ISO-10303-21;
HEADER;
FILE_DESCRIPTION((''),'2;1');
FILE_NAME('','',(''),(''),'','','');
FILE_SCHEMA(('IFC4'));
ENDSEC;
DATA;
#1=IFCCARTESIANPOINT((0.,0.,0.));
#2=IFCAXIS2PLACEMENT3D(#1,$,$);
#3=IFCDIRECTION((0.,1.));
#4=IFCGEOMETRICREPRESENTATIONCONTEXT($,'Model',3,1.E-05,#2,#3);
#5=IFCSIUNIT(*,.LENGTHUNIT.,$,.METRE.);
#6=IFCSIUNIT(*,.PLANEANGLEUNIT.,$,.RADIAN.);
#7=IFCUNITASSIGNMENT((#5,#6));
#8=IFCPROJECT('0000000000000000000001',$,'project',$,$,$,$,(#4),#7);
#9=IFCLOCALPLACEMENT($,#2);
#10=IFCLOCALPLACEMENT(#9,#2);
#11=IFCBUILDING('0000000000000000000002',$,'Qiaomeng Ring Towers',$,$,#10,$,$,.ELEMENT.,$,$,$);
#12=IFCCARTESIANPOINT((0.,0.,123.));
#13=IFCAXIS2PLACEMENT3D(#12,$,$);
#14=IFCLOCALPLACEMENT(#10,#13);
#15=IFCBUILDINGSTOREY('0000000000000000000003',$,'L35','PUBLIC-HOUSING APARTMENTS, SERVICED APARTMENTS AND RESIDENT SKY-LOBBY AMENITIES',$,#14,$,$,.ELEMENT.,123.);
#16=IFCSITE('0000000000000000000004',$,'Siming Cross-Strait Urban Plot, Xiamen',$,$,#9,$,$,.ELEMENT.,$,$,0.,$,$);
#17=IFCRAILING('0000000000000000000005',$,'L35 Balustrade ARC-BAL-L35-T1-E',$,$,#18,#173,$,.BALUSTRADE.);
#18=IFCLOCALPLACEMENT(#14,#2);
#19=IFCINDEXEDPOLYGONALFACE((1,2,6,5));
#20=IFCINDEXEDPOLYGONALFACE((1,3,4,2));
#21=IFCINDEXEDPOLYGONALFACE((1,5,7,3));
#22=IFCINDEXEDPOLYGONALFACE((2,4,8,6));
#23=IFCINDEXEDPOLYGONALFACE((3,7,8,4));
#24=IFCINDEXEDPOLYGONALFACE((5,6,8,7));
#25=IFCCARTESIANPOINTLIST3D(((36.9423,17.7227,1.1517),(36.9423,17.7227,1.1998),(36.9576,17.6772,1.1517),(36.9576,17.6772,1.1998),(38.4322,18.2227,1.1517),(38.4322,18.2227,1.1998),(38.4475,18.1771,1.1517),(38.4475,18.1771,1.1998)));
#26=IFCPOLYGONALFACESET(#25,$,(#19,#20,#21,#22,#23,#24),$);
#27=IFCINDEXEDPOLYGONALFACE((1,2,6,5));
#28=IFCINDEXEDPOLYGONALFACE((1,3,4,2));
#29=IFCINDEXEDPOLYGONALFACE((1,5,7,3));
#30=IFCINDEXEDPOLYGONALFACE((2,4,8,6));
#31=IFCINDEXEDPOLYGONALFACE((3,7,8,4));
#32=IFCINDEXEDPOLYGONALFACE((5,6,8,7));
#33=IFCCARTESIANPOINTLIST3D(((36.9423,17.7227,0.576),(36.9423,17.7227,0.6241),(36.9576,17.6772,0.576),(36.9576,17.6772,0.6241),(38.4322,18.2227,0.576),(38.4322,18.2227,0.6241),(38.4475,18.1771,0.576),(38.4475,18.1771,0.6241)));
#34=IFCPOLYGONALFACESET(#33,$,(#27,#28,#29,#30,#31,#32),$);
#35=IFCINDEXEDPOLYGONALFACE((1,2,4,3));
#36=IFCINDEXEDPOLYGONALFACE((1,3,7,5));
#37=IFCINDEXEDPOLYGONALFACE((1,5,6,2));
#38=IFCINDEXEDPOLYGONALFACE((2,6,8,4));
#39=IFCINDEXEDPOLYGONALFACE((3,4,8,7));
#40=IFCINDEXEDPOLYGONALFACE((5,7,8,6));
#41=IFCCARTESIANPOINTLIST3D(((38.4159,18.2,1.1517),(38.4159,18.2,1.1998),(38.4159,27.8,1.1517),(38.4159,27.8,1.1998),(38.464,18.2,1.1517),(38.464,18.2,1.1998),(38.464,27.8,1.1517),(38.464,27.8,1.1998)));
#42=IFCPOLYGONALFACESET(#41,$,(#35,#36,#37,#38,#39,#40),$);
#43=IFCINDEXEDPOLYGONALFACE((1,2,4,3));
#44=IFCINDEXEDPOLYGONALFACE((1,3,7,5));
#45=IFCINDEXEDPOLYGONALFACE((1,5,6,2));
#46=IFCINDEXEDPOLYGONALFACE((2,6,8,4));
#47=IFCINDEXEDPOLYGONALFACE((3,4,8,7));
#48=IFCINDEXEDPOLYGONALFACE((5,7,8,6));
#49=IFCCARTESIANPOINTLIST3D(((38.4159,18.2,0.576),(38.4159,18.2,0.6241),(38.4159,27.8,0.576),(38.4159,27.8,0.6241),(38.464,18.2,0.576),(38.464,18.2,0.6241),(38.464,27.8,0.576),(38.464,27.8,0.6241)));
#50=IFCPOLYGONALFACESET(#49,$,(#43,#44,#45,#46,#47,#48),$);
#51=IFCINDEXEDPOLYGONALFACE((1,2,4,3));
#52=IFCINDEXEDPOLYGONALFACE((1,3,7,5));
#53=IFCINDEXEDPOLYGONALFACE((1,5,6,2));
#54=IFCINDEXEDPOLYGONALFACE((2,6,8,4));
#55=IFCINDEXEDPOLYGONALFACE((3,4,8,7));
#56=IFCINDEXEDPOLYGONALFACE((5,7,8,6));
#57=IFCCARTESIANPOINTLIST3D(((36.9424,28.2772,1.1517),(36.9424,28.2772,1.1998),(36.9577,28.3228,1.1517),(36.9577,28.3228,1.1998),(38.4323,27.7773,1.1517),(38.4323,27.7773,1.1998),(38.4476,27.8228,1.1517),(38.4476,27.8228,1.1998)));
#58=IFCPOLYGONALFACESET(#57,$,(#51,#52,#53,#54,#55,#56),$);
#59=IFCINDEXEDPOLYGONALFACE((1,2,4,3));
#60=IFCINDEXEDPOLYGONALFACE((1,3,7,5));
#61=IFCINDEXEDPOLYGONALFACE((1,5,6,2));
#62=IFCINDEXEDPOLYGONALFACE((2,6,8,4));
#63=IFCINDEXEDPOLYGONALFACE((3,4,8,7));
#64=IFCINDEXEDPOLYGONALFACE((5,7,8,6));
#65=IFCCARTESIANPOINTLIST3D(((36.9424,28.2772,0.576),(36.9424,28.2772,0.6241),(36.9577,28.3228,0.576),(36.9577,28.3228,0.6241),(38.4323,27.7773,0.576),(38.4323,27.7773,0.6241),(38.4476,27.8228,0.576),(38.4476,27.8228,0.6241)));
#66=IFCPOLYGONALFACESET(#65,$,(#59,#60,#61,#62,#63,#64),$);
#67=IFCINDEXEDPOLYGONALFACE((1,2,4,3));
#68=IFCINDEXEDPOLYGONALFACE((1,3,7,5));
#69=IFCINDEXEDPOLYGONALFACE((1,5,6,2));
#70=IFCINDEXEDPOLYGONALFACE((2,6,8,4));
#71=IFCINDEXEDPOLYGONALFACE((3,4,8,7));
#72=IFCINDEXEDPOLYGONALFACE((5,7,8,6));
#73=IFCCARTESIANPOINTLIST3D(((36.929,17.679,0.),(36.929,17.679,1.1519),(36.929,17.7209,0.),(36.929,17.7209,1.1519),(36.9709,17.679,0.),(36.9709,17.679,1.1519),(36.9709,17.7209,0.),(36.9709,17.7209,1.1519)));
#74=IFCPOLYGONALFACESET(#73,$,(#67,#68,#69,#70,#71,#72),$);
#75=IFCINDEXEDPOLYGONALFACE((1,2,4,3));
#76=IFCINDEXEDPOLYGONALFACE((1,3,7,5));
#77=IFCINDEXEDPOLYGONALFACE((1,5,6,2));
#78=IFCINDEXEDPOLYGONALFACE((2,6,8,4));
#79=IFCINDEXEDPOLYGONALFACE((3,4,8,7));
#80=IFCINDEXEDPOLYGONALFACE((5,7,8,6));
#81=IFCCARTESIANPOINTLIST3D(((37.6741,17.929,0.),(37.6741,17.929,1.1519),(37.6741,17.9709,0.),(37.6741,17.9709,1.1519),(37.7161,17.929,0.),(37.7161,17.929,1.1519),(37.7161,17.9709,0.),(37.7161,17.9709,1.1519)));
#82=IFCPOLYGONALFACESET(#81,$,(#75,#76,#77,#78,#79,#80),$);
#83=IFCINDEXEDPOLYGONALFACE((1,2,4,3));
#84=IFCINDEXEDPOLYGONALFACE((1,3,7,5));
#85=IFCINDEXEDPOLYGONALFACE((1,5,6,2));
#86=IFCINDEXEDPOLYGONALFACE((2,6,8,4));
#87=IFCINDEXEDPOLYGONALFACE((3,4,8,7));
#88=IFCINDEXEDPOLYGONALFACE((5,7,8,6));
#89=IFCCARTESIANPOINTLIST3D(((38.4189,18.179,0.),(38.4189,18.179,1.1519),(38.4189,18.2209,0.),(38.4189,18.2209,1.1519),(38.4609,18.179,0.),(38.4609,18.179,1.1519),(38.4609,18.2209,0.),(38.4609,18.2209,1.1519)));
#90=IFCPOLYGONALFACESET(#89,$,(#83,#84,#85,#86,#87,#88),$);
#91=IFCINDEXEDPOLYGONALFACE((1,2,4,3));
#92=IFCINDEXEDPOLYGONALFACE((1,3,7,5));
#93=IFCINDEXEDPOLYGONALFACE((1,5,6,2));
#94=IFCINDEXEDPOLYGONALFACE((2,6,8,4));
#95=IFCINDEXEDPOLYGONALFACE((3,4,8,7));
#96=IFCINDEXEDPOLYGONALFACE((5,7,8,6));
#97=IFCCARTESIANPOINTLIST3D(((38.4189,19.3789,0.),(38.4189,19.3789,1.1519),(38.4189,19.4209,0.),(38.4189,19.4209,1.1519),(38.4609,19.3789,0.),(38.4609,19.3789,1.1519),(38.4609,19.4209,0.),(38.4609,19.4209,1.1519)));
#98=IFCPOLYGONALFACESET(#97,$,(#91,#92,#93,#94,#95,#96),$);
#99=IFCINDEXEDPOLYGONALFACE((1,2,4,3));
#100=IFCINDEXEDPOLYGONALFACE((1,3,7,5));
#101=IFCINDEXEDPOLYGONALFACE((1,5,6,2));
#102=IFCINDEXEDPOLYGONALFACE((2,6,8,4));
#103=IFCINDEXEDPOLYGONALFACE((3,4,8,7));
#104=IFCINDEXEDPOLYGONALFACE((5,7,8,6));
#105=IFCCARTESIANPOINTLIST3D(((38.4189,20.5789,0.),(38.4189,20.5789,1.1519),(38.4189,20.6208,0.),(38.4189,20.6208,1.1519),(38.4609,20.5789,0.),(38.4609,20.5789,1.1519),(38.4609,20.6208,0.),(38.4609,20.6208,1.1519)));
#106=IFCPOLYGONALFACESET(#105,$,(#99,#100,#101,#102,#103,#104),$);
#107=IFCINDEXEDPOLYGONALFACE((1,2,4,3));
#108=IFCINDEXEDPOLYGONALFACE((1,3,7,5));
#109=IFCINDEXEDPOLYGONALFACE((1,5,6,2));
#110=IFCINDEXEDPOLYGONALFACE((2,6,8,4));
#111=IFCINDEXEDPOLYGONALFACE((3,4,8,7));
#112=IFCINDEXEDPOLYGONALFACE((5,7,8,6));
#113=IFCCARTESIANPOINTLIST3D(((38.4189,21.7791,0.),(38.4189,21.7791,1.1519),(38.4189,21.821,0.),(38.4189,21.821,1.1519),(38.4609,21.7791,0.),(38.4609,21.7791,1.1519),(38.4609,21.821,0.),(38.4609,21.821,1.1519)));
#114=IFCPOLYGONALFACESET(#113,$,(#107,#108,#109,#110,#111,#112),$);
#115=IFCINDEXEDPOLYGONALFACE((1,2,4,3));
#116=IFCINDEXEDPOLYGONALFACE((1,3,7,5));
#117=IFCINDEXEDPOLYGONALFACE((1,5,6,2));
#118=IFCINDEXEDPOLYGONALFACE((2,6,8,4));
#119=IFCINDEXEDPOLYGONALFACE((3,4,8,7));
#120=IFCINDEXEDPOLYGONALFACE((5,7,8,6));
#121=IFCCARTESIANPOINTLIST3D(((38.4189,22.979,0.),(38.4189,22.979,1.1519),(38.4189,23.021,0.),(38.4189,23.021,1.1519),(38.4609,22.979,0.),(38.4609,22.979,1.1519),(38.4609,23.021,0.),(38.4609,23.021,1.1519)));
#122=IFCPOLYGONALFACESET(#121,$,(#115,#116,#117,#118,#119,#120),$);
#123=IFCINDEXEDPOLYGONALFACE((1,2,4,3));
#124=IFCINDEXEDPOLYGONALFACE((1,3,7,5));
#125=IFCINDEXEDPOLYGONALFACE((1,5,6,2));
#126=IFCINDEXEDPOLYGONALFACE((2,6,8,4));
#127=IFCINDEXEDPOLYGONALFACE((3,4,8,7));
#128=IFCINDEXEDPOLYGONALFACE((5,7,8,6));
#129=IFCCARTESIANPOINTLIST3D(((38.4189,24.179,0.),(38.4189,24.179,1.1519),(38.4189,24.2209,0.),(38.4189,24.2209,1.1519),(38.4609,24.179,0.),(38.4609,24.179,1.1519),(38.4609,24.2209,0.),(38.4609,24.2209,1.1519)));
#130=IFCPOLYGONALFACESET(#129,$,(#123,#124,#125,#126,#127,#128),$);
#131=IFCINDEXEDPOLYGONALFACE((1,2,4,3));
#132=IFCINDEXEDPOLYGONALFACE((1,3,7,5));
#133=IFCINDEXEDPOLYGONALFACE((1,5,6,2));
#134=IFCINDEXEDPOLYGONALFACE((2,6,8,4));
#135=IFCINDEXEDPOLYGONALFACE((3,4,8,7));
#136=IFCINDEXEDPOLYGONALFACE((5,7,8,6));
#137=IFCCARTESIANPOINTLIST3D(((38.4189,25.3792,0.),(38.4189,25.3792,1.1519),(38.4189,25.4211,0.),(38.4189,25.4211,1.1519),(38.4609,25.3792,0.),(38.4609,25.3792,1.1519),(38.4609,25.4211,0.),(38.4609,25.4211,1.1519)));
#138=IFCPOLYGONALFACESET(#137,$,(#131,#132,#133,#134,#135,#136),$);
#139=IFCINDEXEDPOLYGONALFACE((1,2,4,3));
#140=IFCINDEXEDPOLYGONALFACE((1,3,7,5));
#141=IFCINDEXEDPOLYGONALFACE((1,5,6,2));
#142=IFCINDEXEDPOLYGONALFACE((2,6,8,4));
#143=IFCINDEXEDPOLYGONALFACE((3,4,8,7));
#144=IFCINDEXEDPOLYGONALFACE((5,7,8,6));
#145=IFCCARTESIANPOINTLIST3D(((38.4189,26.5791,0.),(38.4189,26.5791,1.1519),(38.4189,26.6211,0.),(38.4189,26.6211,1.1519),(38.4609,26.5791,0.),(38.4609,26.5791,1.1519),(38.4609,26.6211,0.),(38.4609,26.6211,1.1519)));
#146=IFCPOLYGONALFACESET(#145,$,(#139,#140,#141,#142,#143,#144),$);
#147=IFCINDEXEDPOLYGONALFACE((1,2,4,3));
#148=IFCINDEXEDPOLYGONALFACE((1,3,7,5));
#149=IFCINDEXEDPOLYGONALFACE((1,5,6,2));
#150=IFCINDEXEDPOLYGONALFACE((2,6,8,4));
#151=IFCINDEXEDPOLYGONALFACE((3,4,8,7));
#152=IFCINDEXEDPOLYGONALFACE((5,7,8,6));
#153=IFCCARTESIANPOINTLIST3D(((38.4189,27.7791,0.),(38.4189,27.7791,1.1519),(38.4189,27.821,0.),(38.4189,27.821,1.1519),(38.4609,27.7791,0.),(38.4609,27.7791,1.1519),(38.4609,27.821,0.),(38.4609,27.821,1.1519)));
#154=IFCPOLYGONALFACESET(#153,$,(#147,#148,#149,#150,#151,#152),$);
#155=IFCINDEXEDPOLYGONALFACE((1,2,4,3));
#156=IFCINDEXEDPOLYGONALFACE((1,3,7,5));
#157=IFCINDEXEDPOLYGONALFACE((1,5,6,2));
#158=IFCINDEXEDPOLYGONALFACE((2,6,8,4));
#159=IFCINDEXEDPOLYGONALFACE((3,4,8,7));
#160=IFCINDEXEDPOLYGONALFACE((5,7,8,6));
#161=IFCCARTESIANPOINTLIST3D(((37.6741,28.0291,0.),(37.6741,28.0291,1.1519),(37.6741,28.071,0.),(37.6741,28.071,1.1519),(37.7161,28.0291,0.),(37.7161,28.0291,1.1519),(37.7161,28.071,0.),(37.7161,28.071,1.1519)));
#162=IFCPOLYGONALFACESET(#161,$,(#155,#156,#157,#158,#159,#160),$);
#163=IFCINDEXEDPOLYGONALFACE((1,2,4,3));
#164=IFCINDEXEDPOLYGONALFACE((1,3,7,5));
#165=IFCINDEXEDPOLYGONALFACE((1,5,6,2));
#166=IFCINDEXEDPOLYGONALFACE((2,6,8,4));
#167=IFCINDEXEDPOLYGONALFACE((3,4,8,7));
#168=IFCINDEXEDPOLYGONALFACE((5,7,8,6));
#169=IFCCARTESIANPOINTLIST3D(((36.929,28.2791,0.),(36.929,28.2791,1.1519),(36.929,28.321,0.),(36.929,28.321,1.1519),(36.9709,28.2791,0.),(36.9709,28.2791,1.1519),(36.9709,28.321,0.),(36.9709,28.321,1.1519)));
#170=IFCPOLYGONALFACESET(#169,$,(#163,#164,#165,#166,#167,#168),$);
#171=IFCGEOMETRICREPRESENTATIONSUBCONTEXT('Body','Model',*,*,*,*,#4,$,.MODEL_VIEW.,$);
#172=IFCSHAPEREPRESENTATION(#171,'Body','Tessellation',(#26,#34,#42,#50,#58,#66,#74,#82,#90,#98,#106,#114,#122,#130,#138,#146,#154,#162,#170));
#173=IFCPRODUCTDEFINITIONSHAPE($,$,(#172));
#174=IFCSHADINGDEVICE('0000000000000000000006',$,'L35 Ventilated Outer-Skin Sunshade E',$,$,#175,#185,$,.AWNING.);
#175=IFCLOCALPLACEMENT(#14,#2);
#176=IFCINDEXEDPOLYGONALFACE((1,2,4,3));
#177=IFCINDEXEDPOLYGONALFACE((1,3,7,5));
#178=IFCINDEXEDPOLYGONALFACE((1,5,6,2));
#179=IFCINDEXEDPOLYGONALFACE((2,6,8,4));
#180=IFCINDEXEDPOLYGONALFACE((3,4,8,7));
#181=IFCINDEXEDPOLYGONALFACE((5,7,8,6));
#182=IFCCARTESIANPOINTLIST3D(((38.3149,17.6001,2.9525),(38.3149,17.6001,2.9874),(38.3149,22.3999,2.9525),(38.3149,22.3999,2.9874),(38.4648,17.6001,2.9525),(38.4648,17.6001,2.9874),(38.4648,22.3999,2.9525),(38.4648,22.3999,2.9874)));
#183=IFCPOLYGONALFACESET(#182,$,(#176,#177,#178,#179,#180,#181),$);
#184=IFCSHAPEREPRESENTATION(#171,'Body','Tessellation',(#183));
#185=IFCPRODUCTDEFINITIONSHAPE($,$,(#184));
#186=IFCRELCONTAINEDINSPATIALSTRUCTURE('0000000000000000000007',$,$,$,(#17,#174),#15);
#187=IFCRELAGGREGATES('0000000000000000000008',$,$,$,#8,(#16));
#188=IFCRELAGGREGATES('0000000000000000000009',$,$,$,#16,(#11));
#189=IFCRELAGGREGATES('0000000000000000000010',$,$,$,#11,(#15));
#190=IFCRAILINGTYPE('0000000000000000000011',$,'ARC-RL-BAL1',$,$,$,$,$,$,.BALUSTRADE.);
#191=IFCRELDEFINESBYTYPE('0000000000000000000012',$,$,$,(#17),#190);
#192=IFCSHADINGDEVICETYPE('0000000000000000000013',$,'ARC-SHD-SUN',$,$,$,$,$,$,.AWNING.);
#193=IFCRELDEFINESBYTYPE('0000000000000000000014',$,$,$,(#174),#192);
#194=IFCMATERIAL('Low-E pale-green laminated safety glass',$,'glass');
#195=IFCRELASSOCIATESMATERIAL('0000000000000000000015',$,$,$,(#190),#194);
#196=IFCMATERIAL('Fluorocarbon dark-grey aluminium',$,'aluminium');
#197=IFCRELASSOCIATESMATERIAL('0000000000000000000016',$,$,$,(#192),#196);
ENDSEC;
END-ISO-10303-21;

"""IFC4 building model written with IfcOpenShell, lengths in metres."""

from ifc_helpers import new_model, si_unit, direction, frame, origin, origin_2d, place, context, subcontext, project, spatial, rectangle, extrude, source, transform, mapped, material, material_profile, profile_set, type_object, element, save


model = new_model("IFC4")

# Units and contexts
model_context = context("Model", 3, precision=1e-05, world=origin(), true_north=direction((0.0, 1.0)))
body_context = subcontext(model_context, "Body", "Model", "MODEL_VIEW")
ifc_project = project(units=[si_unit("LENGTHUNIT", "METRE"), si_unit("PLANEANGLEUNIT", "RADIAN")], contexts=[model_context])

# Site, building, storey
site_placement = place(None, origin())
site = spatial("IfcSite", under=ifc_project, at=site_placement, Name="Siming Cross-Strait Urban Plot, Xiamen", CompositionType="ELEMENT", RefElevation=0.0)
building_placement = place(site_placement, origin())
building = spatial("IfcBuilding", under=site, at=building_placement, Name="Qiaomeng Ring Towers", CompositionType="ELEMENT")
storey_placement = place(building_placement, frame((0.0, 0.0, 123.0)))
storey = spatial("IfcBuildingStorey", under=building, at=storey_placement, Name="L35", Description="PUBLIC-HOUSING APARTMENTS, SERVICED APARTMENTS AND RESIDENT SKY-LOBBY AMENITIES", CompositionType="ELEMENT", Elevation=123.0)

# Railing
ifc_material_1 = material(Name="Low-E pale-green laminated safety glass", Category="glass")
railing_type = type_object("IfcRailingType", Name="ARC-RL-BAL1", PredefinedType="BALUSTRADE", material=ifc_material_1)
railing_placement = place(storey_placement, frame((36.95, 17.7, 0.0)))
element("IfcRailing", 1, at=railing_placement, inside=storey, type_object=railing_type, Name="L35 Balustrade ARC-BAL-L35-T1-E", PredefinedType="BALUSTRADE", context=body_context, shape_type="SweptSolid", body=[
    extrude(rectangle(XDim=0.0481, YDim=0.0481, at=origin_2d()), frame((0.0, 0.0, 1.1758), z_axis=(0.948044, 0.318138, 0.0), x_axis=(-0.318138, 0.948044, 0.0)), (0.0, 0.0, 1.0), 1.5715),
    extrude(rectangle(XDim=0.0481, YDim=0.0481, at=origin_2d()), frame((0.0, 0.0, 0.6001), z_axis=(0.948044, 0.318138, 0.0), x_axis=(-0.318138, 0.948044, 0.0)), (0.0, 0.0, 1.0), 1.5715),
    extrude(rectangle(XDim=0.0481, YDim=0.0481, at=origin_2d()), frame((1.49, 0.5, 1.1758), z_axis=(0.0, 1.0, 0.0), x_axis=(-1.0, 0.0, 0.0)), (0.0, 0.0, 1.0), 9.6001),
    extrude(rectangle(XDim=0.0481, YDim=0.0481, at=origin_2d()), frame((1.49, 0.5, 0.6001), z_axis=(0.0, 1.0, 0.0), x_axis=(-1.0, 0.0, 0.0)), (0.0, 0.0, 1.0), 9.6001),
    extrude(rectangle(XDim=0.0481, YDim=0.0481, at=origin_2d()), frame((1.49, 10.1001, 1.1758), z_axis=(-0.948044, 0.318138, 0.0), x_axis=(-0.318138, -0.948044, 0.0)), (0.0, 0.0, 1.0), 1.5715),
    extrude(rectangle(XDim=0.0481, YDim=0.0481, at=origin_2d()), frame((1.49, 10.1001, 0.6001), z_axis=(-0.948044, 0.318138, 0.0), x_axis=(-0.318138, -0.948044, 0.0)), (0.0, 0.0, 1.0), 1.5715),
    extrude(rectangle(XDim=0.042, YDim=0.042, at=origin_2d()), origin(), (0.0, 0.0, 1.0), 1.1519),
    extrude(rectangle(XDim=0.042, YDim=0.042, at=origin_2d()), frame((0.7451, 0.25, 0.0)), (0.0, 0.0, 1.0), 1.1519),
    extrude(rectangle(XDim=0.042, YDim=0.042, at=origin_2d()), frame((1.49, 0.5, 0.0)), (0.0, 0.0, 1.0), 1.1519),
    extrude(rectangle(XDim=0.042, YDim=0.042, at=origin_2d()), frame((1.49, 1.7, 0.0)), (0.0, 0.0, 1.0), 1.1519),
    extrude(rectangle(XDim=0.042, YDim=0.042, at=origin_2d()), frame((1.49, 2.8999, 0.0)), (0.0, 0.0, 1.0), 1.1519),
    extrude(rectangle(XDim=0.042, YDim=0.042, at=origin_2d()), frame((1.49, 4.1001, 0.0)), (0.0, 0.0, 1.0), 1.1519),
    extrude(rectangle(XDim=0.042, YDim=0.042, at=origin_2d()), frame((1.49, 5.3, 0.0)), (0.0, 0.0, 1.0), 1.1519),
    extrude(rectangle(XDim=0.042, YDim=0.042, at=origin_2d()), frame((1.49, 6.5, 0.0)), (0.0, 0.0, 1.0), 1.1519),
    extrude(rectangle(XDim=0.042, YDim=0.042, at=origin_2d()), frame((1.49, 7.7002, 0.0)), (0.0, 0.0, 1.0), 1.1519),
    extrude(rectangle(XDim=0.042, YDim=0.042, at=origin_2d()), frame((1.49, 8.9001, 0.0)), (0.0, 0.0, 1.0), 1.1519),
    extrude(rectangle(XDim=0.042, YDim=0.042, at=origin_2d()), frame((1.49, 10.1001, 0.0)), (0.0, 0.0, 1.0), 1.1519),
    extrude(rectangle(XDim=0.042, YDim=0.042, at=origin_2d()), frame((0.7451, 10.3501, 0.0)), (0.0, 0.0, 1.0), 1.1519),
    extrude(rectangle(XDim=0.042, YDim=0.042, at=origin_2d()), frame((0.0, 10.6001, 0.0)), (0.0, 0.0, 1.0), 1.1519),
])

# Shading device
ifc_material_2 = material(Name="Fluorocarbon dark-grey aluminium", Category="aluminium")
ifc_material_profile_1 = material_profile(ifc_material_2, rectangle(XDim=0.1499, YDim=0.0349, at=origin_2d()), Name="LV BLADE 150x35")
ifc_profile_set_1 = profile_set([ifc_material_profile_1], Name="Fluorocarbon dark-grey aluminium")
shading_device_type = type_object("IfcShadingDeviceType", Name="ARC-SHD-SUN", PredefinedType="AWNING", material=ifc_profile_set_1)
shared_shape_1 = source(origin(), body_context, "Body", "SweptSolid", [
    extrude(rectangle(XDim=0.1499, YDim=0.0349, at=origin_2d()), origin(), (0.0, 0.0, 1.0), 4.7998),
])
shading_device_placement = place(storey_placement, frame((38.3899, 17.6001, 2.97), z_axis=(0.0, 1.0, 0.0), x_axis=(-1.0, 0.0, 0.0)))
element("IfcShadingDevice", 2, at=shading_device_placement, inside=storey, type_object=shading_device_type, Name="L35 Ventilated Outer-Skin Sunshade E", PredefinedType="AWNING", context=body_context, shape_type="MappedRepresentation", body=[
    mapped(shared_shape_1, transform((0.0, 0.0, 0.0), x_axis=(1.0, 0.0, 0.0), y_axis=(0.0, 1.0, 0.0), z_axis=(0.0, 0.0, 1.0), scale=1.0)),
])

save(model, "model.ifc")
